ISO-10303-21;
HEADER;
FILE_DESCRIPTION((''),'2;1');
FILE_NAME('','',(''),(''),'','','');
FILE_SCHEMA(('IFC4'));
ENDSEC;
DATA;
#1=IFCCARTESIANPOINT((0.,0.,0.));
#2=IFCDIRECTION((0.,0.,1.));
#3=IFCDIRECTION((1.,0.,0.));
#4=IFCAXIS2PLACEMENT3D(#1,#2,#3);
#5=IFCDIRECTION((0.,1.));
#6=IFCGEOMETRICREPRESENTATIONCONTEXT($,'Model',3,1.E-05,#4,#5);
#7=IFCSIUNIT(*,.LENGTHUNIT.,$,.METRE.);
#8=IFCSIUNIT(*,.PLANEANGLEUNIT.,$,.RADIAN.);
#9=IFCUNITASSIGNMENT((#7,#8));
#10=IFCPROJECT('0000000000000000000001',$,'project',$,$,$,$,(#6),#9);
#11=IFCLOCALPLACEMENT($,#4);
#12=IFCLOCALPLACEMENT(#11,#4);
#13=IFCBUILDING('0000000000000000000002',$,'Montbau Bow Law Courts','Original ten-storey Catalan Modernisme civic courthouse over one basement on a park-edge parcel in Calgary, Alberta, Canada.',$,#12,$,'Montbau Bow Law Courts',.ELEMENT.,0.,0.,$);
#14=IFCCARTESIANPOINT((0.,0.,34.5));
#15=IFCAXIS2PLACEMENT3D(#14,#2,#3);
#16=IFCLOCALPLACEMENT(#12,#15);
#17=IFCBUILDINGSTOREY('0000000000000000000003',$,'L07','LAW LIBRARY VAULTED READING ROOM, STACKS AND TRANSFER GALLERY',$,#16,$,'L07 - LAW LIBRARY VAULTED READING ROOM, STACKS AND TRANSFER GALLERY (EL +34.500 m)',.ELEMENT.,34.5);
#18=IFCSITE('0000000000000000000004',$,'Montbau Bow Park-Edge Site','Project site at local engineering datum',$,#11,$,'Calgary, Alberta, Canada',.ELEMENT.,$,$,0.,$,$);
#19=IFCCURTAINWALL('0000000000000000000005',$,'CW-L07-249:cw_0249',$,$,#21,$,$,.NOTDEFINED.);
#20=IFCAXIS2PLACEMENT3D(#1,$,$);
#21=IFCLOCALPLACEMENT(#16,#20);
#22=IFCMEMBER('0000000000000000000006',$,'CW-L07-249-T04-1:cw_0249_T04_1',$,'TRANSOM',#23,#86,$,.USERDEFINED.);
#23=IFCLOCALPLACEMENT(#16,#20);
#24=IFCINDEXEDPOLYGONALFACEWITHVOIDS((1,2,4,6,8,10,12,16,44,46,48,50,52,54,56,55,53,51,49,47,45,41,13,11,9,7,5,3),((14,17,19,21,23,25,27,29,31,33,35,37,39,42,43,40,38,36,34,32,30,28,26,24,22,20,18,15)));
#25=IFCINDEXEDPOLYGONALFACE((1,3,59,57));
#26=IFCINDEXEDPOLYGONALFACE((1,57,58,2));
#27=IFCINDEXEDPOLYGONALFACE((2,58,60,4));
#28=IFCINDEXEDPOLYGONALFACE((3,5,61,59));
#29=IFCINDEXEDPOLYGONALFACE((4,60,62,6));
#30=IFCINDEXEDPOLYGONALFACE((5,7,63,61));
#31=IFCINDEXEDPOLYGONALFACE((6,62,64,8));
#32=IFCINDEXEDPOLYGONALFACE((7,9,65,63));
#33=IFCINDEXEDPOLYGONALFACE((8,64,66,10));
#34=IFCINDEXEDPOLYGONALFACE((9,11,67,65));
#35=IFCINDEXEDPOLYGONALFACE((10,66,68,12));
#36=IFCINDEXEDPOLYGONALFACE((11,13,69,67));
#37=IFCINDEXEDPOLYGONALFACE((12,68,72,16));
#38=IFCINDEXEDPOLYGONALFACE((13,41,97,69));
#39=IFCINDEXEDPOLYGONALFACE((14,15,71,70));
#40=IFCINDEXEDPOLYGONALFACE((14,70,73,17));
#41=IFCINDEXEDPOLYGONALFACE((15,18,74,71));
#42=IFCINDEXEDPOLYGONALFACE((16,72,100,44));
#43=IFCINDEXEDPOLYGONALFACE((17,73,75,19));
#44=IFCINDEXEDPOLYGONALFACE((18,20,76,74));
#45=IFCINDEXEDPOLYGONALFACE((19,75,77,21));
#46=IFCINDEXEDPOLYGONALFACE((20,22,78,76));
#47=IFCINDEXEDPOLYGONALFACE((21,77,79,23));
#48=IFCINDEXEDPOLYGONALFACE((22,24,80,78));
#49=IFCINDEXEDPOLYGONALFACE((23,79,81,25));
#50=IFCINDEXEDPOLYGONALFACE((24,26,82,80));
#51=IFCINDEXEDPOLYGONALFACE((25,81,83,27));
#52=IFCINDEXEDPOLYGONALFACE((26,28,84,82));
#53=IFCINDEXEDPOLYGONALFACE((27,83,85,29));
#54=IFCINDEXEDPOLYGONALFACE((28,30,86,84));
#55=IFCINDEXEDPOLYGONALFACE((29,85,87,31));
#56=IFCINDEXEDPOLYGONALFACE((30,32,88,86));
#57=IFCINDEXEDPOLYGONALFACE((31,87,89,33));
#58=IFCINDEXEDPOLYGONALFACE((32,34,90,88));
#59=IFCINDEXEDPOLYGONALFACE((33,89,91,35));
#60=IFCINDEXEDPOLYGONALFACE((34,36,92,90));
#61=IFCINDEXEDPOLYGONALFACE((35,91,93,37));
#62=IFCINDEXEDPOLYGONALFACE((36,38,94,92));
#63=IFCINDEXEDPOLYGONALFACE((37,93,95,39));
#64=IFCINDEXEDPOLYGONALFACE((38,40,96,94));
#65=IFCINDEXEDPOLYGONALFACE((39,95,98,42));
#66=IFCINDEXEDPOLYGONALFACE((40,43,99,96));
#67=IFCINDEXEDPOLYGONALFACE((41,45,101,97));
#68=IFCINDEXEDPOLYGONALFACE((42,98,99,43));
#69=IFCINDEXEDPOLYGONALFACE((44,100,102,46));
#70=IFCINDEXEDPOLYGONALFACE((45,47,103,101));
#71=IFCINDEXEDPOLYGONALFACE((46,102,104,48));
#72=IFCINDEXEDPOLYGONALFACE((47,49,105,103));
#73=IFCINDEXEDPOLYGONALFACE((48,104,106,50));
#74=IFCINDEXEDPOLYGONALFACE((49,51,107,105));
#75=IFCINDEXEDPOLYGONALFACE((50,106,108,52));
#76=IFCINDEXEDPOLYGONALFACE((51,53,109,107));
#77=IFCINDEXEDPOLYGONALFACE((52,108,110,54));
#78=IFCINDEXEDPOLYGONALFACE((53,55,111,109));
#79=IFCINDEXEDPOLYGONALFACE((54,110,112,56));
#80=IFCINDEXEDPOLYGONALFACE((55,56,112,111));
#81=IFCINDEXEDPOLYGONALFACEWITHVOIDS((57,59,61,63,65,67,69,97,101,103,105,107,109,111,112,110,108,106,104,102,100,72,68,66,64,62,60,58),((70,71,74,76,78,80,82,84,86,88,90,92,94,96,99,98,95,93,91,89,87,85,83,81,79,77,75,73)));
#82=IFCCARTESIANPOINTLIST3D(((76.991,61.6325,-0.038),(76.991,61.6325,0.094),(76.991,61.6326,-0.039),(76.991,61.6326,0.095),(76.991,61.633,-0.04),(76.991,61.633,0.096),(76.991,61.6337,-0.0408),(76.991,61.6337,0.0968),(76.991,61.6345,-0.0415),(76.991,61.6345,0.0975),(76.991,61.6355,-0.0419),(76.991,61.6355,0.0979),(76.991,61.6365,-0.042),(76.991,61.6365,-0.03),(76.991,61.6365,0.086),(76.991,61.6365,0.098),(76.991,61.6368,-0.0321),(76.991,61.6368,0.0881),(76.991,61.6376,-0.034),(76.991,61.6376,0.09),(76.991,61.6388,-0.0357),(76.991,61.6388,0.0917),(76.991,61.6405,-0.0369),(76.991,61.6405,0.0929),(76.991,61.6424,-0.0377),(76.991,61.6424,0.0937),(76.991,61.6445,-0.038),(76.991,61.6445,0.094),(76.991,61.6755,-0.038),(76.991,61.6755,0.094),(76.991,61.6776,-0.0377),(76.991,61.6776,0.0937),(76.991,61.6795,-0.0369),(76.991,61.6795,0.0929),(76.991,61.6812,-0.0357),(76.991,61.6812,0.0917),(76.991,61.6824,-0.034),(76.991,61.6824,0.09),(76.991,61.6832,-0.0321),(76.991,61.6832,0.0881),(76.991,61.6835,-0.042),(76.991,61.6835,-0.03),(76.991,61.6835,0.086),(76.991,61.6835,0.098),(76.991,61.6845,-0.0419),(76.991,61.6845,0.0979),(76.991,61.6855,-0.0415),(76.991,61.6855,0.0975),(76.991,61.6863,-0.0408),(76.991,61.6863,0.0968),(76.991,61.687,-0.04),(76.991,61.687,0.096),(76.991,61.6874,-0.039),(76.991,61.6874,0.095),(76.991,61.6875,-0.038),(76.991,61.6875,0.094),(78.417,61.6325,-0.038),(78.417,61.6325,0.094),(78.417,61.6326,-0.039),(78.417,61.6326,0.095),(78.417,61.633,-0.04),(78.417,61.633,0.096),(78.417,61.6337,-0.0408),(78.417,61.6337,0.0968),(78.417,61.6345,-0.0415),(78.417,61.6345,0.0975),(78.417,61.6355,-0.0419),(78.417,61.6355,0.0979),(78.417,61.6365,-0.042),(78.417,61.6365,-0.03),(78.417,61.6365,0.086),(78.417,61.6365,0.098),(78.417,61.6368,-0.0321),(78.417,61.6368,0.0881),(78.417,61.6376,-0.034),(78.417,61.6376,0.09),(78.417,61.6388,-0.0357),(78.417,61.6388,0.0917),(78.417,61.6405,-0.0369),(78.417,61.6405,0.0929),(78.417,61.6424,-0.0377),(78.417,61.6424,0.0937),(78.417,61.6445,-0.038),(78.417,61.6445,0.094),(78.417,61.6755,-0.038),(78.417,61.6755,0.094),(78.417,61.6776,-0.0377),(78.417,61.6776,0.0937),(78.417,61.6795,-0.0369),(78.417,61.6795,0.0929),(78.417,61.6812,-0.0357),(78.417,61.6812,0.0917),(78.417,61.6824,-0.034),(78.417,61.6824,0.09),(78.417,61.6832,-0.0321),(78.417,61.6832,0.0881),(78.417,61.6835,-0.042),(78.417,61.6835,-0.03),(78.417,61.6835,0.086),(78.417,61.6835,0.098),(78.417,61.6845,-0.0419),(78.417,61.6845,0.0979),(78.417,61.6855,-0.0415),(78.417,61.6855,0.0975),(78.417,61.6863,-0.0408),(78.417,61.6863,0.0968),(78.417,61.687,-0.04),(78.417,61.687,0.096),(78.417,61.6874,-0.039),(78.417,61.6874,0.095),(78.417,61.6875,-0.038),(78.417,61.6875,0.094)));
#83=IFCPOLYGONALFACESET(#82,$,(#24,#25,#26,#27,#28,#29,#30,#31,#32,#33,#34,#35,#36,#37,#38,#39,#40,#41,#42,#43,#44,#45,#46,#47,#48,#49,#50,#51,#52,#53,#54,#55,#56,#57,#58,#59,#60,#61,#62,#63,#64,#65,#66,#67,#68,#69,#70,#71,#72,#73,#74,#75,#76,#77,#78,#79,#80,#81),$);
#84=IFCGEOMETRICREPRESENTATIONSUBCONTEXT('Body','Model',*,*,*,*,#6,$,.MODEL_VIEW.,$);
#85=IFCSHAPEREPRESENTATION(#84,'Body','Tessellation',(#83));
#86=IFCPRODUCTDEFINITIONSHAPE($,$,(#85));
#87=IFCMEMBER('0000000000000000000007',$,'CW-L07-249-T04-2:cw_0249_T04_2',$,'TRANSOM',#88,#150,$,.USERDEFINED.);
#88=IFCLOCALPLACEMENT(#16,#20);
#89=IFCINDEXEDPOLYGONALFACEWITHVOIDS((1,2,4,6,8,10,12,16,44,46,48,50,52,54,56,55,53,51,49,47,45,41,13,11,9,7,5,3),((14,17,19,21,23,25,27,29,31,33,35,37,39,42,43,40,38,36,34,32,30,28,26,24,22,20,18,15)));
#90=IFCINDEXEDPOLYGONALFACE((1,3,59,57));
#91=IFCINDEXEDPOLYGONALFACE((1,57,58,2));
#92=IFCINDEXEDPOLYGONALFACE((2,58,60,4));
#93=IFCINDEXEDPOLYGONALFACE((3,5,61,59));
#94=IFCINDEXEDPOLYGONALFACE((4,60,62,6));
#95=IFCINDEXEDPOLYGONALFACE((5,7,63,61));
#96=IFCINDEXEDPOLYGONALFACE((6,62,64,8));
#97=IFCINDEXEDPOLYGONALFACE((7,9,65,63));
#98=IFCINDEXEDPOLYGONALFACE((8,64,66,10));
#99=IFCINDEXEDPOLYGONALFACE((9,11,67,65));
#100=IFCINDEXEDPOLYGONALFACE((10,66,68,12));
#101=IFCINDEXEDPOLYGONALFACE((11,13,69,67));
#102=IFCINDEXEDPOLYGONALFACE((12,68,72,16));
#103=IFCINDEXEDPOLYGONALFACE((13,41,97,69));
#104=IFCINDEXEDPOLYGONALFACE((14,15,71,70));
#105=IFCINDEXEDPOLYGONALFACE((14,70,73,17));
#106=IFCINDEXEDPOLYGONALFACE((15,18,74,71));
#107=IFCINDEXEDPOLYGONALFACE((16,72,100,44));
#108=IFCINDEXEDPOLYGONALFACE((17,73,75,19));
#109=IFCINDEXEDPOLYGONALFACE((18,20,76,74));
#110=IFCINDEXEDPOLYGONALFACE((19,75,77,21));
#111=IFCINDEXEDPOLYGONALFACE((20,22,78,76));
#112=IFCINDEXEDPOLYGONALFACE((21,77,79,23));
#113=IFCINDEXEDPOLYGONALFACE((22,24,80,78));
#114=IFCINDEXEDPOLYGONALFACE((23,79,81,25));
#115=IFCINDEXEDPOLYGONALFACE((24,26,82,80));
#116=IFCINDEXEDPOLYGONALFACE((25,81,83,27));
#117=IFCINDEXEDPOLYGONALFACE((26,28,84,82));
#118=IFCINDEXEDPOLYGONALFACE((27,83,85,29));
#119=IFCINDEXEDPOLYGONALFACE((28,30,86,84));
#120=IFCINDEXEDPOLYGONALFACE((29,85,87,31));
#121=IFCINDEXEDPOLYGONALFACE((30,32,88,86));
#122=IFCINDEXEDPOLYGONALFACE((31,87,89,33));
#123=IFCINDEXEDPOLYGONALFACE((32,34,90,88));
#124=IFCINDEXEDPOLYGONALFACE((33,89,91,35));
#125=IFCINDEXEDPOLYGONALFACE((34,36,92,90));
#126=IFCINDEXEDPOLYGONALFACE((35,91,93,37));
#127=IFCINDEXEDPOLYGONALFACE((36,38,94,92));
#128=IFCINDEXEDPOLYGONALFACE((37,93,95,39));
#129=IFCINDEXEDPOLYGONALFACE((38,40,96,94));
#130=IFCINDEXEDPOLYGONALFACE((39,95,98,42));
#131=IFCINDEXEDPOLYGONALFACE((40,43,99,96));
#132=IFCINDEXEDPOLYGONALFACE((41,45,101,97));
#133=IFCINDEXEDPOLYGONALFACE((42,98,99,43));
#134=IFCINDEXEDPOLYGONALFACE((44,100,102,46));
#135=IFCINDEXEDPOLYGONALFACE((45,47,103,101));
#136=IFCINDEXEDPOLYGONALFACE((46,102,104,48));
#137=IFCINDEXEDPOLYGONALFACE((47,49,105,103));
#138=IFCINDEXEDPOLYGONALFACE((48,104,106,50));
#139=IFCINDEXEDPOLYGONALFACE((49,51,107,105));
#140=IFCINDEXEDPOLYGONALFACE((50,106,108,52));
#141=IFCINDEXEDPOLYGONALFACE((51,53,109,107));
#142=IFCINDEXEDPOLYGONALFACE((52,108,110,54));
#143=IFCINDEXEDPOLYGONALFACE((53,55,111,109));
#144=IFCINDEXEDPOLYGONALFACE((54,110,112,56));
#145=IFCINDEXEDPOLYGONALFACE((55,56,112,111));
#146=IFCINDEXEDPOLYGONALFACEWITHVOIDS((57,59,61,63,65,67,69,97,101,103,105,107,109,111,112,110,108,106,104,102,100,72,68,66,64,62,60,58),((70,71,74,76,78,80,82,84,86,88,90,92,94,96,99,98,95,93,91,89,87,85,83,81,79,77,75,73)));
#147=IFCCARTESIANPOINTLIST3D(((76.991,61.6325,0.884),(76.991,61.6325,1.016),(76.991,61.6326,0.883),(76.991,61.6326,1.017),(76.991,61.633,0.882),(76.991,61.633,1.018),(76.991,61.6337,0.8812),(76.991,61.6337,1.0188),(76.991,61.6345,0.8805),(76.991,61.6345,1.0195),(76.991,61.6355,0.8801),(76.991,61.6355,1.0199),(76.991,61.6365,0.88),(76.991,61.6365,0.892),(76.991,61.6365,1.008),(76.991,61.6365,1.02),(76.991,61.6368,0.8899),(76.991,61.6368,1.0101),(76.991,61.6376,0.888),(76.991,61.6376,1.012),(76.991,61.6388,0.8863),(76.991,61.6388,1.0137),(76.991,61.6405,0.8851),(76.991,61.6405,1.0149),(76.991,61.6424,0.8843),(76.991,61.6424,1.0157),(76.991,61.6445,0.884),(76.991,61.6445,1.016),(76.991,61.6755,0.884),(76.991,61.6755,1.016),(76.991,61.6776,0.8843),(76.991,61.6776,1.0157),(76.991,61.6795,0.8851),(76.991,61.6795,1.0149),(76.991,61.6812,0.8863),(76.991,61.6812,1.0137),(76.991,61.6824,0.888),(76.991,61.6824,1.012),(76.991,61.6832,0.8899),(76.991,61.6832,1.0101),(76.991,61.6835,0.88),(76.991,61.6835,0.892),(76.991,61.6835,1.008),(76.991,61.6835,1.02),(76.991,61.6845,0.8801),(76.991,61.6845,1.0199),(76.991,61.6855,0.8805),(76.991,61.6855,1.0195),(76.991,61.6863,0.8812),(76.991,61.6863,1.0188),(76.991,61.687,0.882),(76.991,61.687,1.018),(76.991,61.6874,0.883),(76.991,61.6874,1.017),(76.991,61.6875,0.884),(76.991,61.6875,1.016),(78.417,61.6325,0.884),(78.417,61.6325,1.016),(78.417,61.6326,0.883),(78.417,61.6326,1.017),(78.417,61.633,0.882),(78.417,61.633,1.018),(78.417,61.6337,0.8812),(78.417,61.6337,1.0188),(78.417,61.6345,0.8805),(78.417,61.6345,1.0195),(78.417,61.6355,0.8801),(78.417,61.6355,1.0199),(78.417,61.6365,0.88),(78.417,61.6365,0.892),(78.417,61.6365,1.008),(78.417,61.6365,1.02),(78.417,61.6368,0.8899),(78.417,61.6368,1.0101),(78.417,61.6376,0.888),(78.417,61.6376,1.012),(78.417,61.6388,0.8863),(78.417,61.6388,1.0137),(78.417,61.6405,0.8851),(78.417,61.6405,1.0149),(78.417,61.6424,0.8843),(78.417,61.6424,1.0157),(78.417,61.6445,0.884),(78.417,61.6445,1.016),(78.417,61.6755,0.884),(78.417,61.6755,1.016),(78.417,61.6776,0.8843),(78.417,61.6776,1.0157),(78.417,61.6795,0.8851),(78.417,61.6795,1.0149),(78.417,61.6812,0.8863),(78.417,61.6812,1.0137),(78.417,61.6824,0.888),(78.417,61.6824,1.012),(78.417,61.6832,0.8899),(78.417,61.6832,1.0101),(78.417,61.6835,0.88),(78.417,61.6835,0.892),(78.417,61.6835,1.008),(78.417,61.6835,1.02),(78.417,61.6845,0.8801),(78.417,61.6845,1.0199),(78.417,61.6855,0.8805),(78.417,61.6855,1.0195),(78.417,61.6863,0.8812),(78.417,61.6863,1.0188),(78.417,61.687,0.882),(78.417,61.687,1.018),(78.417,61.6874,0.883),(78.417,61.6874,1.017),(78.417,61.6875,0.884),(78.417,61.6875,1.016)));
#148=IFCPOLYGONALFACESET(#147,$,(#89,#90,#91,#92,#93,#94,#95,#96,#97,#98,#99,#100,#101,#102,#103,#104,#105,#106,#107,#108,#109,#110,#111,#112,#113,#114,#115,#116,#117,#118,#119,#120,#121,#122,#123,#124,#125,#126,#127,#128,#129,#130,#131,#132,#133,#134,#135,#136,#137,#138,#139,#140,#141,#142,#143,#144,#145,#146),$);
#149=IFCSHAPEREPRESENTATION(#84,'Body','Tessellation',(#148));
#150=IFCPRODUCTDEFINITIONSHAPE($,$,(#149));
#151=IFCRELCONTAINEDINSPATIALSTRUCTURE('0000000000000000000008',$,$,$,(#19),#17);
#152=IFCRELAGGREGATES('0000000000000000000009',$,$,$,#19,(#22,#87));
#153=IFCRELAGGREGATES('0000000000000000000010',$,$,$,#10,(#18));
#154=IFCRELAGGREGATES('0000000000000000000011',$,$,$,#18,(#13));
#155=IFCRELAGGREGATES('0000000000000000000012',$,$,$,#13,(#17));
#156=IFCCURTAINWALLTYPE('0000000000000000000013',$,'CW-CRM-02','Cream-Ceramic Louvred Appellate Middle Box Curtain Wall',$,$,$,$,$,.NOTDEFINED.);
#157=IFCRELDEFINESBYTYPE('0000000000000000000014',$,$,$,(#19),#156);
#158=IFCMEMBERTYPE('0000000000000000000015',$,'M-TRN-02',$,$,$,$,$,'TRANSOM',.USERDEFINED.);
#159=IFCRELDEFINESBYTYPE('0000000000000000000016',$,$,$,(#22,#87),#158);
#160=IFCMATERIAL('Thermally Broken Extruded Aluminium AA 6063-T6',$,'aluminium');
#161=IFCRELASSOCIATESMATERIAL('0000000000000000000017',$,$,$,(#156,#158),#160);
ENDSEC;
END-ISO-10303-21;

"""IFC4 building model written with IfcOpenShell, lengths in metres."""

from ifc_helpers import new_model, si_unit, direction, frame, origin_with_axes, origin_2d_with_axis, place, context, subcontext, project, spatial, hollow_rectangle, extrude, material, material_profile, profile_set, type_object, element, aggregate, save


model = new_model("IFC4")

# Units and contexts
model_context = context("Model", 3, precision=1e-05, world=origin_with_axes(), true_north=direction((0.0, 1.0)))
body_context = subcontext(model_context, "Body", "Model", "MODEL_VIEW")
ifc_project = project(units=[si_unit("LENGTHUNIT", "METRE"), si_unit("PLANEANGLEUNIT", "RADIAN")], contexts=[model_context])

# Site, building, storey
site_placement = place(None, origin_with_axes())
site = spatial("IfcSite", under=ifc_project, at=site_placement, Name="Montbau Bow Park-Edge Site", Description="Project site at local engineering datum", LongName="Calgary, Alberta, Canada", CompositionType="ELEMENT", RefElevation=0.0)
building_placement = place(site_placement, origin_with_axes())
building = spatial("IfcBuilding", under=site, at=building_placement, Name="Montbau Bow Law Courts", Description="Original ten-storey Catalan Modernisme civic courthouse over one basement on a park-edge parcel in Calgary, Alberta, Canada.", LongName="Montbau Bow Law Courts", CompositionType="ELEMENT", ElevationOfRefHeight=0.0, ElevationOfTerrain=0.0)
storey_placement = place(building_placement, frame((0.0, 0.0, 34.5), z_axis=(0.0, 0.0, 1.0), x_axis=(1.0, 0.0, 0.0)))
storey = spatial("IfcBuildingStorey", under=building, at=storey_placement, Name="L07", Description="LAW LIBRARY VAULTED READING ROOM, STACKS AND TRANSFER GALLERY", LongName="L07 - LAW LIBRARY VAULTED READING ROOM, STACKS AND TRANSFER GALLERY (EL +34.500 m)", CompositionType="ELEMENT", Elevation=34.5)

# Curtain wall
ifc_material_1 = material(Name="Thermally Broken Extruded Aluminium AA 6063-T6", Category="aluminium")
curtain_wall_type = type_object("IfcCurtainWallType", Name="CW-CRM-02", Description="Cream-Ceramic Louvred Appellate Middle Box Curtain Wall", PredefinedType="NOTDEFINED", material=ifc_material_1)
curtain_wall_1_placement = place(None, frame((72.44, 61.66, 34.5), z_axis=(0.0, 0.0, 1.0), x_axis=(1.0, 0.0, 0.0)))
curtain_wall_1 = element("IfcCurtainWall", 1, at=curtain_wall_1_placement, inside=storey, type_object=curtain_wall_type, Name="CW-L07-249:cw_0249", PredefinedType="NOTDEFINED")

# Members
ifc_material_profile_1 = material_profile(ifc_material_1, hollow_rectangle(XDim=0.055, YDim=0.14, WallThickness=0.004, InnerFilletRadius=0.008, OuterFilletRadius=0.004, at=origin_2d_with_axis()), Name="CWT-140X55", Category="Main", Priority=0)
ifc_profile_set_1 = profile_set([ifc_material_profile_1], Name="Thermally Broken Extruded Aluminium AA 6063-T6")
member_type_1 = type_object("IfcMemberType", Name="M-TRN-02", ElementType="TRANSOM", PredefinedType="USERDEFINED", material=ifc_profile_set_1)
member_1_placement = place(None, frame((76.991, 61.66, 34.528), z_axis=(1.0, 0.0, 0.0), x_axis=(0.0, 1.0, 0.0)))
member_1 = element("IfcMember", 2, at=member_1_placement, type_object=member_type_1, Name="CW-L07-249-T04-1:cw_0249_T04_1", ObjectType="TRANSOM", PredefinedType="USERDEFINED", context=body_context, shape_type="SweptSolid", body=[
    extrude(hollow_rectangle(XDim=0.055, YDim=0.14, WallThickness=0.004, InnerFilletRadius=0.008, OuterFilletRadius=0.004, at=origin_2d_with_axis()), origin_with_axes(), (0.0, 0.0, 1.0), 1.426),
])
member_2_placement = place(None, frame((76.991, 61.66, 35.45), z_axis=(1.0, 0.0, 0.0), x_axis=(0.0, 1.0, 0.0)))
member_2 = element("IfcMember", 3, at=member_2_placement, type_object=member_type_1, Name="CW-L07-249-T04-2:cw_0249_T04_2", ObjectType="TRANSOM", PredefinedType="USERDEFINED", context=body_context, shape_type="SweptSolid", body=[
    extrude(hollow_rectangle(XDim=0.055, YDim=0.14, WallThickness=0.004, InnerFilletRadius=0.008, OuterFilletRadius=0.004, at=origin_2d_with_axis()), origin_with_axes(), (0.0, 0.0, 1.0), 1.426),
])

aggregate(curtain_wall_1, [member_1, member_2])

save(model, "model.ifc")
